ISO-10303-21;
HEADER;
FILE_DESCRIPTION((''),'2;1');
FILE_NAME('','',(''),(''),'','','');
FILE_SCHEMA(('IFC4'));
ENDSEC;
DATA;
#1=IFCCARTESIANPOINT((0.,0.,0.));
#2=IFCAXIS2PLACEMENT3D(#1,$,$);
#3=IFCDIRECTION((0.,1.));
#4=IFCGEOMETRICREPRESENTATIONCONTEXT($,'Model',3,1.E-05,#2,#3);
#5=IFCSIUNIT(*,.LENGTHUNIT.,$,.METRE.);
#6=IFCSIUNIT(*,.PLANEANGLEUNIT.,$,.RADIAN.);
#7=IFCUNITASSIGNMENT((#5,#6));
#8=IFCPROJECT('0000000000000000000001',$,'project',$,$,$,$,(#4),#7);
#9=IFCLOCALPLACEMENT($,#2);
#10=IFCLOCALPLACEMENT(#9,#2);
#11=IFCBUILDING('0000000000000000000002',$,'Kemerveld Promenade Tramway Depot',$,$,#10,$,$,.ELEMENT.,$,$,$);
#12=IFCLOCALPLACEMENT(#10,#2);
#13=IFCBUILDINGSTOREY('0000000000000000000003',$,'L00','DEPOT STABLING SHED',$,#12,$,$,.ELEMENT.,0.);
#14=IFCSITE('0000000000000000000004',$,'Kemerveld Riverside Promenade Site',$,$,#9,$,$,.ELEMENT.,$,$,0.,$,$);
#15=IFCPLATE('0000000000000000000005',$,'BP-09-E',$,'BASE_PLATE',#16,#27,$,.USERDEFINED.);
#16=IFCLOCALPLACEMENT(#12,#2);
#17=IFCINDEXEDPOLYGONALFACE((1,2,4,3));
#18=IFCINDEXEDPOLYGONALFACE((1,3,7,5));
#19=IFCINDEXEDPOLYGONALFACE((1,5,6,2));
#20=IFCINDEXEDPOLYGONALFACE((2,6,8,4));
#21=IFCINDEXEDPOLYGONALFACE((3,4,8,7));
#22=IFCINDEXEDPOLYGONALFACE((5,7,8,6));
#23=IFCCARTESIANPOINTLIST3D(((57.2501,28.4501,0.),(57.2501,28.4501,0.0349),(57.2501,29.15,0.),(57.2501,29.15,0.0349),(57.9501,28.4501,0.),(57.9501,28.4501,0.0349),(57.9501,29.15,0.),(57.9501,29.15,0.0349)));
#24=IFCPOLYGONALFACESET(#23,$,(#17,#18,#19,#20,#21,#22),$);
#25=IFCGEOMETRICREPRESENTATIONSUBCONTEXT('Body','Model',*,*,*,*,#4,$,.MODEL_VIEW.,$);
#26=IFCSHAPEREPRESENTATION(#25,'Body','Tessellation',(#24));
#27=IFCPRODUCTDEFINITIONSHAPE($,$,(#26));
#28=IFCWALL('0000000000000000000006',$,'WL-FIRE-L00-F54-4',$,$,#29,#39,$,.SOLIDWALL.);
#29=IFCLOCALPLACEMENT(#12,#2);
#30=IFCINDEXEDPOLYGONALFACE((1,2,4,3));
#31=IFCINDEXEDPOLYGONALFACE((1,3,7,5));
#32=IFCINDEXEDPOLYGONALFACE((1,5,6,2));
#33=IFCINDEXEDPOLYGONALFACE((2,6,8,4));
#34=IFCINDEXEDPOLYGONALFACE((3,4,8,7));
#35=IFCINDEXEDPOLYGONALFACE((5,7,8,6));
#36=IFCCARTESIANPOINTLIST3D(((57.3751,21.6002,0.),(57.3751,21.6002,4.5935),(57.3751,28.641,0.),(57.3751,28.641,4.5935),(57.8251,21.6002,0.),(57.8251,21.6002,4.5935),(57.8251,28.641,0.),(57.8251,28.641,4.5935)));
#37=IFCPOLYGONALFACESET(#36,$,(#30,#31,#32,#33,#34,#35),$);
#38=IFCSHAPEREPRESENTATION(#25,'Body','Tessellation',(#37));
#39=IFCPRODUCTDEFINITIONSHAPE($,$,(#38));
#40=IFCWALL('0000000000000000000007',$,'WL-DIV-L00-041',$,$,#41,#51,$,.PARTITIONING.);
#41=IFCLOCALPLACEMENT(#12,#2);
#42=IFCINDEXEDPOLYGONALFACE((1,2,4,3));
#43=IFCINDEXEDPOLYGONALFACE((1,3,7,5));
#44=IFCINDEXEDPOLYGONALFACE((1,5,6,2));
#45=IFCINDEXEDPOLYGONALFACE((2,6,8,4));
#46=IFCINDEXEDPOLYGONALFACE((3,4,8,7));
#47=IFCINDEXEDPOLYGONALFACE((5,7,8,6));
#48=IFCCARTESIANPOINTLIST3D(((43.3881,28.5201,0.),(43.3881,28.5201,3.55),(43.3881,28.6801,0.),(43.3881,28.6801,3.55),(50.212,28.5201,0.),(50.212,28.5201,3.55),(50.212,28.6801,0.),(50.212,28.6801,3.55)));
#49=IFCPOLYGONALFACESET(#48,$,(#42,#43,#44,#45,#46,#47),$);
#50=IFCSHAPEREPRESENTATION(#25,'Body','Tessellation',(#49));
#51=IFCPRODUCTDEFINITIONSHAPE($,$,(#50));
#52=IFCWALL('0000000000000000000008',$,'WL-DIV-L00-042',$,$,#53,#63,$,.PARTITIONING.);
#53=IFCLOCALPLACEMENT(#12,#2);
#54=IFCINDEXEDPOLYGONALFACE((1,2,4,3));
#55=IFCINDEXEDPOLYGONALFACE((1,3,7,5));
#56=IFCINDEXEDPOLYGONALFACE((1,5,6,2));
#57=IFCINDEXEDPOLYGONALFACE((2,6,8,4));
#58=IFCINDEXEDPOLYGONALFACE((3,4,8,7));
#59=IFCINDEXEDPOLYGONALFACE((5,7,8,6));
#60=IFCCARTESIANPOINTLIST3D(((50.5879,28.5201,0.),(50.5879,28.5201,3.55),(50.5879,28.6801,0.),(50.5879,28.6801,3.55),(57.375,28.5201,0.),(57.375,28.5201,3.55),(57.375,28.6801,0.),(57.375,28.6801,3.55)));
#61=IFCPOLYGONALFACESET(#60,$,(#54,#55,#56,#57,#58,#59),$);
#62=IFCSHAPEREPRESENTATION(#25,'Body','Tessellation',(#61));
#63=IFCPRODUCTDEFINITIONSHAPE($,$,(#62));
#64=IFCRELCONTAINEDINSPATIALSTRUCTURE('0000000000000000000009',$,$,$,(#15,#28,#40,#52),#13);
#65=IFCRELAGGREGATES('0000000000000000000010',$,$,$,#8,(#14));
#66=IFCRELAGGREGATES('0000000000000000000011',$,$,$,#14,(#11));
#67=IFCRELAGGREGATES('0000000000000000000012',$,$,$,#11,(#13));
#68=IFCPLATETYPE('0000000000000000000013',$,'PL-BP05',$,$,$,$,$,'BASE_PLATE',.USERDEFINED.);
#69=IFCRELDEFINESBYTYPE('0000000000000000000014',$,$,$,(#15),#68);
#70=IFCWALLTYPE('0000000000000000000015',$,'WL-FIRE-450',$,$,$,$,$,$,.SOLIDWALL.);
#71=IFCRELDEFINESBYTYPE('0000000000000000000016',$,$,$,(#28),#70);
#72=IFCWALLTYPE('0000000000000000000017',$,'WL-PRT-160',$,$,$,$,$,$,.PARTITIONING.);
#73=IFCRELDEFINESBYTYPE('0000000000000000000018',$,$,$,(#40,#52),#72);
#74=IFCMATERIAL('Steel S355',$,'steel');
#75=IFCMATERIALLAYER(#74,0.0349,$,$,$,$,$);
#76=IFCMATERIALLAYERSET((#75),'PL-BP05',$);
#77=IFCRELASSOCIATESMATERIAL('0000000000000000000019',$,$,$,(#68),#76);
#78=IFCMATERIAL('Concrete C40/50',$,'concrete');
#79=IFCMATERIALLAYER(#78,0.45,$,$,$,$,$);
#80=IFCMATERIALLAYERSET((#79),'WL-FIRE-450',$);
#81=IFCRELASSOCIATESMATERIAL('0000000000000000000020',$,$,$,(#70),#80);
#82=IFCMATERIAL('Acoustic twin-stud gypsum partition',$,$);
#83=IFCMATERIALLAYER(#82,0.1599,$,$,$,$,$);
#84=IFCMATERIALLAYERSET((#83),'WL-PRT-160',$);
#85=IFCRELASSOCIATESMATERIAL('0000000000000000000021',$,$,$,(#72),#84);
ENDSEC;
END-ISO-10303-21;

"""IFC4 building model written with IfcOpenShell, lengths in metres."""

from ifc_helpers import new_model, si_unit, direction, frame, frame_2d, origin, origin_2d, place, context, subcontext, project, spatial, rectangle, extrude, material, layer, layer_set, type_object, element, save


model = new_model("IFC4")

# Units and contexts
model_context = context("Model", 3, precision=1e-05, world=origin(), true_north=direction((0.0, 1.0)))
body_context = subcontext(model_context, "Body", "Model", "MODEL_VIEW")
ifc_project = project(units=[si_unit("LENGTHUNIT", "METRE"), si_unit("PLANEANGLEUNIT", "RADIAN")], contexts=[model_context])

# Site, building, storey
site_placement = place(None, origin())
site = spatial("IfcSite", under=ifc_project, at=site_placement, Name="Kemerveld Riverside Promenade Site", CompositionType="ELEMENT", RefElevation=0.0)
building_placement = place(site_placement, origin())
building = spatial("IfcBuilding", under=site, at=building_placement, Name="Kemerveld Promenade Tramway Depot", CompositionType="ELEMENT")
storey_placement = place(building_placement, origin())
storey = spatial("IfcBuildingStorey", under=building, at=storey_placement, Name="L00", Description="DEPOT STABLING SHED", CompositionType="ELEMENT", Elevation=0.0)

# Shared definitions
ifc_material_1 = material(Name="Steel S355", Category="steel")

# Plate
ifc_layer_1 = layer(ifc_material_1, 0.0349)
ifc_layer_set_1 = layer_set([ifc_layer_1], Name="PL-BP05")
plate_type = type_object("IfcPlateType", Name="PL-BP05", ElementType="BASE_PLATE", PredefinedType="USERDEFINED", material=ifc_layer_set_1)
plate_placement = place(storey_placement, frame((57.6001, 28.8, 0.0), z_axis=(0.0, 0.0, 1.0), x_axis=(1.0, 0.0, 0.0)))
element("IfcPlate", 1, at=plate_placement, inside=storey, type_object=plate_type, Name="BP-09-E", ObjectType="BASE_PLATE", PredefinedType="USERDEFINED", context=body_context, shape_type="SweptSolid", body=[
    extrude(rectangle(XDim=0.7, YDim=0.7, at=origin_2d()), origin(), (0.0, 0.0, 1.0), 0.0349),
])

# Walls
ifc_material_2 = material(Name="Concrete C40/50", Category="concrete")
ifc_layer_2 = layer(ifc_material_2, 0.45)
ifc_layer_set_2 = layer_set([ifc_layer_2], Name="WL-FIRE-450")
wall_type_1 = type_object("IfcWallType", Name="WL-FIRE-450", PredefinedType="SOLIDWALL", material=ifc_layer_set_2)
wall_1_placement = place(storey_placement, frame((57.6001, 21.6001, 0.0), z_axis=(0.0, 0.0, 1.0), x_axis=(0.0, 1.0, 0.0)))
element("IfcWall", 2, at=wall_1_placement, inside=storey, type_object=wall_type_1, Name="WL-FIRE-L00-F54-4", PredefinedType="SOLIDWALL", context=body_context, shape_type="SweptSolid", body=[
    extrude(rectangle(XDim=7.0408, YDim=0.45, at=frame_2d((3.5205, 0.0))), origin(), (0.0, 0.0, 1.0), 4.5935),
])
ifc_material_3 = material(Name="Acoustic twin-stud gypsum partition")
ifc_layer_3 = layer(ifc_material_3, 0.1599)
ifc_layer_set_3 = layer_set([ifc_layer_3], Name="WL-PRT-160")
wall_type_2 = type_object("IfcWallType", Name="WL-PRT-160", PredefinedType="PARTITIONING", material=ifc_layer_set_3)
wall_2_placement = place(storey_placement, frame((43.3879, 28.6001, 0.0), z_axis=(0.0, 0.0, 1.0), x_axis=(1.0, 0.0, 0.0)))
element("IfcWall", 3, at=wall_2_placement, inside=storey, type_object=wall_type_2, Name="WL-DIV-L00-041", PredefinedType="PARTITIONING", context=body_context, shape_type="SweptSolid", body=[
    extrude(rectangle(XDim=6.824, YDim=0.1599, at=frame_2d((3.4121, 0.0))), origin(), (0.0, 0.0, 1.0), 3.55),
])
wall_3_placement = place(storey_placement, frame((50.5879, 28.6001, 0.0), z_axis=(0.0, 0.0, 1.0), x_axis=(1.0, 0.0, 0.0)))
element("IfcWall", 4, at=wall_3_placement, inside=storey, type_object=wall_type_2, Name="WL-DIV-L00-042", PredefinedType="PARTITIONING", context=body_context, shape_type="SweptSolid", body=[
    extrude(rectangle(XDim=6.7871, YDim=0.1599, at=frame_2d((3.3936, 0.0))), origin(), (0.0, 0.0, 1.0), 3.55),
])

save(model, "model.ifc")
